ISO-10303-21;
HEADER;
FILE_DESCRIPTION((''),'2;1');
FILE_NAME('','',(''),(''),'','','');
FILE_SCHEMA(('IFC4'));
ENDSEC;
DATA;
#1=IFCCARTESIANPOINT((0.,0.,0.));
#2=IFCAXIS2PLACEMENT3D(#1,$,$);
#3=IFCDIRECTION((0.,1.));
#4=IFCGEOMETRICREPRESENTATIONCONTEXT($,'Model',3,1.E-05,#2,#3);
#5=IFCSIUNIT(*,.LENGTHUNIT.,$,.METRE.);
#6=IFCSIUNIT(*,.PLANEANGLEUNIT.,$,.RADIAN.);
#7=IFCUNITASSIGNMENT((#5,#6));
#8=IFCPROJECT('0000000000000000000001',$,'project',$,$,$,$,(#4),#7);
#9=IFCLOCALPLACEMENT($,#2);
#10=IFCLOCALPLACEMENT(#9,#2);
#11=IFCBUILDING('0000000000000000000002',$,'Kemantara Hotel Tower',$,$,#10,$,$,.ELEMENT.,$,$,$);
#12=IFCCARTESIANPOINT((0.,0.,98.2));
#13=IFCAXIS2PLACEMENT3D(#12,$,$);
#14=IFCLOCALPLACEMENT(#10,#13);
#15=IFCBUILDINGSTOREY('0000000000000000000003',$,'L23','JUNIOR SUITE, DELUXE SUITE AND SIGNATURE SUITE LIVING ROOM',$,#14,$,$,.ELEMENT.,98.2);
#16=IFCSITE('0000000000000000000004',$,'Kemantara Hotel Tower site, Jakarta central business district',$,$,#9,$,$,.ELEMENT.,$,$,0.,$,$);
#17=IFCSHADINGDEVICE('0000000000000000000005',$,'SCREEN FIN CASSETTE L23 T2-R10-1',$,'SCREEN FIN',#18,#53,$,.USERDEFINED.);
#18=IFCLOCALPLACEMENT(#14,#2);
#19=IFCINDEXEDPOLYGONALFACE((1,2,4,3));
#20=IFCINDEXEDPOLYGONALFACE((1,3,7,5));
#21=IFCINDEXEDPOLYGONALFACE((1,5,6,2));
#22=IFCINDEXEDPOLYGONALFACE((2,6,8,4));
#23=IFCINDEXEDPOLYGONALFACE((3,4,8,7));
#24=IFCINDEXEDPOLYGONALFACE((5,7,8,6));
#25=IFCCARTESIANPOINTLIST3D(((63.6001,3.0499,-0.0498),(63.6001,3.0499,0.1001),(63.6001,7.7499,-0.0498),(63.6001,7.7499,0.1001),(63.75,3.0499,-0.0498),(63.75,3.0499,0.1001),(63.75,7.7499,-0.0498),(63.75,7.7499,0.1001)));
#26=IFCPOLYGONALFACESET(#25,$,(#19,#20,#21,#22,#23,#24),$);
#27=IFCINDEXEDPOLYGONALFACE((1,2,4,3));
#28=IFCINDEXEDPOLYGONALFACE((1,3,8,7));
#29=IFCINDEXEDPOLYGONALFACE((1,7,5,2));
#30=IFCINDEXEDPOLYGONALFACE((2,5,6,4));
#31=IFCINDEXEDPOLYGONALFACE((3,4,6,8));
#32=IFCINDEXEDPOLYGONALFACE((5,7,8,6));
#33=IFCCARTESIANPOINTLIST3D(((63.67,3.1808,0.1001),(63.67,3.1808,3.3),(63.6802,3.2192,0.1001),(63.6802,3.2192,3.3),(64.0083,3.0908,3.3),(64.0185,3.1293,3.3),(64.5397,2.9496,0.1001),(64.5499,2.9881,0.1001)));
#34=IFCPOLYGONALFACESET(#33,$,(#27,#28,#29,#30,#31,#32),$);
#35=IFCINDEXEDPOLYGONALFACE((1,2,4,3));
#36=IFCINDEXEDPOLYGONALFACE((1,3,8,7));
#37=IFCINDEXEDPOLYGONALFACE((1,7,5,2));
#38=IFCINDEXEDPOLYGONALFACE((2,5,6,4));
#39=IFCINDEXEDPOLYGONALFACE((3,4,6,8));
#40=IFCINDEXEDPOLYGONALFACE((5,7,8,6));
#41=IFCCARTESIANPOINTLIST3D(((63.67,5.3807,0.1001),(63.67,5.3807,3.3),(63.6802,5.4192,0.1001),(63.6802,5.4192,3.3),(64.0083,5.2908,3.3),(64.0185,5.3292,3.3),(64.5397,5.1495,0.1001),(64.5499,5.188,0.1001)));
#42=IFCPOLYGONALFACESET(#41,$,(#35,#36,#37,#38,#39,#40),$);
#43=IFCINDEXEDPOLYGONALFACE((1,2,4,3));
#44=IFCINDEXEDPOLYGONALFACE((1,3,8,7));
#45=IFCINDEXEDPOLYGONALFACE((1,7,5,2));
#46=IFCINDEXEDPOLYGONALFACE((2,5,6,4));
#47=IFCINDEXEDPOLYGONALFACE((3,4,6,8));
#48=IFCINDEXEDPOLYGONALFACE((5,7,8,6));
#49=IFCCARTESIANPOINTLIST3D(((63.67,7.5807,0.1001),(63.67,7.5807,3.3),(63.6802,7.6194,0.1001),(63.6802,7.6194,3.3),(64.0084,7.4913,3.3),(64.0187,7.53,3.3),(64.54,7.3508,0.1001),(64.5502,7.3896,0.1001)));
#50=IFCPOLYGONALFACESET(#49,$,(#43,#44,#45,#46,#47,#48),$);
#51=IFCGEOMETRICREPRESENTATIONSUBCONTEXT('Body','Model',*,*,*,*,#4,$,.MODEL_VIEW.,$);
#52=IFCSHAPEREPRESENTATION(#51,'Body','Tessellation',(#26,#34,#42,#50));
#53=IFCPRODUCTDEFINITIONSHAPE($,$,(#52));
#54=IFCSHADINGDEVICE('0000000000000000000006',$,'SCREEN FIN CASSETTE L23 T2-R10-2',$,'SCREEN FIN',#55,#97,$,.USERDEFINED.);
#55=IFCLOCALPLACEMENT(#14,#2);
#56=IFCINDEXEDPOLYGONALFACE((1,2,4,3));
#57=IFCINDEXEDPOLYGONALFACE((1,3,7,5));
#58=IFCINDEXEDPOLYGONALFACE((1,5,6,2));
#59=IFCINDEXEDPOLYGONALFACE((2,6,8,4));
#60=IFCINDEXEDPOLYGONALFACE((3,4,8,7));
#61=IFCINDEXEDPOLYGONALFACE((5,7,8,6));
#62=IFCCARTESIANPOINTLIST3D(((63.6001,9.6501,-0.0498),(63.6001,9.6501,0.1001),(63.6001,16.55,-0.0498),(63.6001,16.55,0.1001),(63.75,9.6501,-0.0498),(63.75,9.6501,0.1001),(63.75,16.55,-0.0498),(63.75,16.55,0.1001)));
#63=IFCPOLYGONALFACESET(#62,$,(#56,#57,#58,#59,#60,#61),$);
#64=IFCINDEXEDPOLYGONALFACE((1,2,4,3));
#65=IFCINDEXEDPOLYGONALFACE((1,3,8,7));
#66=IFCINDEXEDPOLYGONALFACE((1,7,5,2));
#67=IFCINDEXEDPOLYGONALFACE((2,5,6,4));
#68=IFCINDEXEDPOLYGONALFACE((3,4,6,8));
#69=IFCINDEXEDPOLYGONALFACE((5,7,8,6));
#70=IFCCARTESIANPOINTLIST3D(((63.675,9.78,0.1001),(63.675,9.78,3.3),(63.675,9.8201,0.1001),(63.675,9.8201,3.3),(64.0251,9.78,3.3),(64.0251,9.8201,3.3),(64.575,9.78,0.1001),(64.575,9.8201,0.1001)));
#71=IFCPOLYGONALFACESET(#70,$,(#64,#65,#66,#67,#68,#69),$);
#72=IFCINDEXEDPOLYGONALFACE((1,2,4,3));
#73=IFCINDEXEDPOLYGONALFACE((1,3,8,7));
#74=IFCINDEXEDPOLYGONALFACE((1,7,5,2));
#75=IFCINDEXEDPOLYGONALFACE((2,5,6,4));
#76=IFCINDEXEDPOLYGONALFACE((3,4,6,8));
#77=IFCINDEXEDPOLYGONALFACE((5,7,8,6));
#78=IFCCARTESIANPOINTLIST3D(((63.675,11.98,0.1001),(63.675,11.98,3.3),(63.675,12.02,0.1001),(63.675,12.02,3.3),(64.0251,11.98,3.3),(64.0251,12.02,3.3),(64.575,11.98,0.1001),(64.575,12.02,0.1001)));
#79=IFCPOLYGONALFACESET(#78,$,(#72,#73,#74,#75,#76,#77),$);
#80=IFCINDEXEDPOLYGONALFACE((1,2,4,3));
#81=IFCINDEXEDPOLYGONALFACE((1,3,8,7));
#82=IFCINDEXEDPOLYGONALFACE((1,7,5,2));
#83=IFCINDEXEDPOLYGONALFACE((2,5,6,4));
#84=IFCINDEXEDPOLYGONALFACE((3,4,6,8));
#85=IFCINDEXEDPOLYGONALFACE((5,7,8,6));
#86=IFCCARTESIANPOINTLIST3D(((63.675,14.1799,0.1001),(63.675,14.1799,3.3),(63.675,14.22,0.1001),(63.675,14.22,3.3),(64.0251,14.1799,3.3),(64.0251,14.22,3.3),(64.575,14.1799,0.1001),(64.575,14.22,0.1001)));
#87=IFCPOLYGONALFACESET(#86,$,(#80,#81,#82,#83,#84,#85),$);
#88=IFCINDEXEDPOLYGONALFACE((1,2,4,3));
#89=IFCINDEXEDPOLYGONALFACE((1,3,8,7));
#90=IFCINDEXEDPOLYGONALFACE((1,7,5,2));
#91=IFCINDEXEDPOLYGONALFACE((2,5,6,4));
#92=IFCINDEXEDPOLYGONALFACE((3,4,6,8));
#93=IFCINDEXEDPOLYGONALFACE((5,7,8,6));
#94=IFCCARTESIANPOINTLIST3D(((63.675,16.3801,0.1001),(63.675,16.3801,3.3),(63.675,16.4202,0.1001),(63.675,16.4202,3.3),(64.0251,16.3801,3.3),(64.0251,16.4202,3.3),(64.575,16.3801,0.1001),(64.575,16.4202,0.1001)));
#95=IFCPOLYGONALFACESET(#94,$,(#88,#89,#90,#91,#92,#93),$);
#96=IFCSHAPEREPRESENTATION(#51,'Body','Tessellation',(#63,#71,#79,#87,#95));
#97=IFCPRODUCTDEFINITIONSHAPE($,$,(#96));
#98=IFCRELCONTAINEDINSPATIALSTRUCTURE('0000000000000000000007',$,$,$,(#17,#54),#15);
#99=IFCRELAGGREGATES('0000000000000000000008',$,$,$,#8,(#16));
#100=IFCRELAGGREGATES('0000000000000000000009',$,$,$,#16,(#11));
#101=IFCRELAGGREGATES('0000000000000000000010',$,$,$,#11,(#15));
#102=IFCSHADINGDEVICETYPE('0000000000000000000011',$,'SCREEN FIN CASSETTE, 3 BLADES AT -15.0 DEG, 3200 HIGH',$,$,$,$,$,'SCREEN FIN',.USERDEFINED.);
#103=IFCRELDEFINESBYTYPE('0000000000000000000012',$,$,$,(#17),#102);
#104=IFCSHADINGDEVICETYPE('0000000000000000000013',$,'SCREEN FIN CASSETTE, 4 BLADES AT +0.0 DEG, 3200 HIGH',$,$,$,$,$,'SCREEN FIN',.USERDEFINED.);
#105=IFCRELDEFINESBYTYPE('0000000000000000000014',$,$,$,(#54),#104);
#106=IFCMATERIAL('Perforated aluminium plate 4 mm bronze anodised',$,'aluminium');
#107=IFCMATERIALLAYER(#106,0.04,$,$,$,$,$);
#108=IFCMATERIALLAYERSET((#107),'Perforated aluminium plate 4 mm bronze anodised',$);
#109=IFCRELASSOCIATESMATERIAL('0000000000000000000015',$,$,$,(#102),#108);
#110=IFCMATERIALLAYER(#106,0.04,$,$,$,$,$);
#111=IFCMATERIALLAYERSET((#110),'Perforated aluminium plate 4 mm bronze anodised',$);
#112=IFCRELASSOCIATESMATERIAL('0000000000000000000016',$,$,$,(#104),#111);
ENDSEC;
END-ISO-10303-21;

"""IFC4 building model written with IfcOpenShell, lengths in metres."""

from ifc_helpers import new_model, si_unit, direction, frame, origin, origin_2d, place, context, subcontext, project, spatial, polyline, rectangle, outline, extrude, source, transform, mapped, material, layer, layer_set, type_object, element, save


model = new_model("IFC4")

# Units and contexts
model_context = context("Model", 3, precision=1e-05, world=origin(), true_north=direction((0.0, 1.0)))
body_context = subcontext(model_context, "Body", "Model", "MODEL_VIEW")
ifc_project = project(units=[si_unit("LENGTHUNIT", "METRE"), si_unit("PLANEANGLEUNIT", "RADIAN")], contexts=[model_context])

# Site, building, storey
site_placement = place(None, origin())
site = spatial("IfcSite", under=ifc_project, at=site_placement, Name="Kemantara Hotel Tower site, Jakarta central business district", CompositionType="ELEMENT", RefElevation=0.0)
building_placement = place(site_placement, origin())
building = spatial("IfcBuilding", under=site, at=building_placement, Name="Kemantara Hotel Tower", CompositionType="ELEMENT")
storey_placement = place(building_placement, frame((0.0, 0.0, 98.2)))
storey = spatial("IfcBuildingStorey", under=building, at=storey_placement, Name="L23", Description="JUNIOR SUITE, DELUXE SUITE AND SIGNATURE SUITE LIVING ROOM", CompositionType="ELEMENT", Elevation=98.2)

# Shading devices
ifc_material_1 = material(Name="Perforated aluminium plate 4 mm bronze anodised", Category="aluminium")
ifc_layer_1 = layer(ifc_material_1, 0.04)
ifc_layer_set_1 = layer_set([ifc_layer_1], Name="Perforated aluminium plate 4 mm bronze anodised")
shading_device_type_1 = type_object("IfcShadingDeviceType", Name="SCREEN FIN CASSETTE, 3 BLADES AT -15.0 DEG, 3200 HIGH", ElementType="SCREEN FIN", PredefinedType="USERDEFINED", material=ifc_layer_set_1)
shared_shape_1 = source(origin(), body_context, "Body", "SweptSolid", [
    extrude(rectangle(XDim=4.7, YDim=0.1499, at=origin_2d()), frame((2.2, -0.075, -0.1499), z_axis=(0.0, 0.0, 1.0), x_axis=(1.0, 0.0, 0.0)), (0.0, 0.0, 1.0), 0.1499),
    extrude(outline(polyline([(0.0, 0.0), (0.8999, 0.0), (0.3501, 3.2), (0.0, 3.2), (0.0, 0.0)])), frame((0.0193, -0.0801, 0.0), z_axis=(-0.966438, 0.256901, 0.0), x_axis=(-0.256901, -0.966438, 0.0)), (0.0, 0.0, 1.0), 0.0398),
    extrude(outline(polyline([(0.0, 0.0), (0.8999, 0.0), (0.3501, 3.2), (0.0, 3.2), (0.0, 0.0)])), frame((2.2192, -0.0801, 0.0), z_axis=(-0.966438, 0.256901, 0.0), x_axis=(-0.256901, -0.966438, 0.0)), (0.0, 0.0, 1.0), 0.0398),
    extrude(outline(polyline([(0.0, 0.0), (0.8999, 0.0), (0.3501, 3.2), (0.0, 3.2), (0.0, 0.0)])), frame((4.4194, -0.0801, 0.0), z_axis=(-0.966838, 0.255391, 0.0), x_axis=(-0.255391, -0.966838, 0.0)), (0.0, 0.0, 1.0), 0.04),
])
shading_device_1_placement = place(storey_placement, frame((63.6001, 3.2, 0.1001), z_axis=(0.0, 0.0, 1.0), x_axis=(0.0, 1.0, 0.0)))
element("IfcShadingDevice", 1, at=shading_device_1_placement, inside=storey, type_object=shading_device_type_1, Name="SCREEN FIN CASSETTE L23 T2-R10-1", ObjectType="SCREEN FIN", PredefinedType="USERDEFINED", context=body_context, shape_type="MappedRepresentation", body=[
    mapped(shared_shape_1, transform((0.0, 0.0, 0.0))),
])
ifc_layer_2 = layer(ifc_material_1, 0.04)
ifc_layer_set_2 = layer_set([ifc_layer_2], Name="Perforated aluminium plate 4 mm bronze anodised")
shading_device_type_2 = type_object("IfcShadingDeviceType", Name="SCREEN FIN CASSETTE, 4 BLADES AT +0.0 DEG, 3200 HIGH", ElementType="SCREEN FIN", PredefinedType="USERDEFINED", material=ifc_layer_set_2)
shared_shape_2 = source(origin(), body_context, "Body", "SweptSolid", [
    extrude(rectangle(XDim=6.8999, YDim=0.1499, at=origin_2d()), frame((3.3, -0.075, -0.1499), z_axis=(0.0, 0.0, 1.0), x_axis=(1.0, 0.0, 0.0)), (0.0, 0.0, 1.0), 0.1499),
    extrude(outline(polyline([(0.0, 0.0), (0.8999, 0.0), (0.3501, 3.2), (0.0, 3.2), (0.0, 0.0)])), frame((0.02, -0.075, 0.0), z_axis=(-1.0, 0.0, 0.0), x_axis=(0.0, -1.0, 0.0)), (0.0, 0.0, 1.0), 0.04),
    extrude(outline(polyline([(0.0, 0.0), (0.8999, 0.0), (0.3501, 3.2), (0.0, 3.2), (0.0, 0.0)])), frame((2.22, -0.075, 0.0), z_axis=(-1.0, 0.0, 0.0), x_axis=(0.0, -1.0, 0.0)), (0.0, 0.0, 1.0), 0.04),
    extrude(outline(polyline([(0.0, 0.0), (0.8999, 0.0), (0.3501, 3.2), (0.0, 3.2), (0.0, 0.0)])), frame((4.4199, -0.075, 0.0), z_axis=(-1.0, 0.0, 0.0), x_axis=(0.0, -1.0, 0.0)), (0.0, 0.0, 1.0), 0.04),
    extrude(outline(polyline([(0.0, 0.0), (0.8999, 0.0), (0.3501, 3.2), (0.0, 3.2), (0.0, 0.0)])), frame((6.6201, -0.075, 0.0), z_axis=(-1.0, 0.0, 0.0), x_axis=(0.0, -1.0, 0.0)), (0.0, 0.0, 1.0), 0.04),
])
shading_device_2_placement = place(storey_placement, frame((63.6001, 9.8, 0.1001), z_axis=(0.0, 0.0, 1.0), x_axis=(0.0, 1.0, 0.0)))
element("IfcShadingDevice", 2, at=shading_device_2_placement, inside=storey, type_object=shading_device_type_2, Name="SCREEN FIN CASSETTE L23 T2-R10-2", ObjectType="SCREEN FIN", PredefinedType="USERDEFINED", context=body_context, shape_type="MappedRepresentation", body=[
    mapped(shared_shape_2, transform((0.0, 0.0, 0.0))),
])

save(model, "model.ifc")
